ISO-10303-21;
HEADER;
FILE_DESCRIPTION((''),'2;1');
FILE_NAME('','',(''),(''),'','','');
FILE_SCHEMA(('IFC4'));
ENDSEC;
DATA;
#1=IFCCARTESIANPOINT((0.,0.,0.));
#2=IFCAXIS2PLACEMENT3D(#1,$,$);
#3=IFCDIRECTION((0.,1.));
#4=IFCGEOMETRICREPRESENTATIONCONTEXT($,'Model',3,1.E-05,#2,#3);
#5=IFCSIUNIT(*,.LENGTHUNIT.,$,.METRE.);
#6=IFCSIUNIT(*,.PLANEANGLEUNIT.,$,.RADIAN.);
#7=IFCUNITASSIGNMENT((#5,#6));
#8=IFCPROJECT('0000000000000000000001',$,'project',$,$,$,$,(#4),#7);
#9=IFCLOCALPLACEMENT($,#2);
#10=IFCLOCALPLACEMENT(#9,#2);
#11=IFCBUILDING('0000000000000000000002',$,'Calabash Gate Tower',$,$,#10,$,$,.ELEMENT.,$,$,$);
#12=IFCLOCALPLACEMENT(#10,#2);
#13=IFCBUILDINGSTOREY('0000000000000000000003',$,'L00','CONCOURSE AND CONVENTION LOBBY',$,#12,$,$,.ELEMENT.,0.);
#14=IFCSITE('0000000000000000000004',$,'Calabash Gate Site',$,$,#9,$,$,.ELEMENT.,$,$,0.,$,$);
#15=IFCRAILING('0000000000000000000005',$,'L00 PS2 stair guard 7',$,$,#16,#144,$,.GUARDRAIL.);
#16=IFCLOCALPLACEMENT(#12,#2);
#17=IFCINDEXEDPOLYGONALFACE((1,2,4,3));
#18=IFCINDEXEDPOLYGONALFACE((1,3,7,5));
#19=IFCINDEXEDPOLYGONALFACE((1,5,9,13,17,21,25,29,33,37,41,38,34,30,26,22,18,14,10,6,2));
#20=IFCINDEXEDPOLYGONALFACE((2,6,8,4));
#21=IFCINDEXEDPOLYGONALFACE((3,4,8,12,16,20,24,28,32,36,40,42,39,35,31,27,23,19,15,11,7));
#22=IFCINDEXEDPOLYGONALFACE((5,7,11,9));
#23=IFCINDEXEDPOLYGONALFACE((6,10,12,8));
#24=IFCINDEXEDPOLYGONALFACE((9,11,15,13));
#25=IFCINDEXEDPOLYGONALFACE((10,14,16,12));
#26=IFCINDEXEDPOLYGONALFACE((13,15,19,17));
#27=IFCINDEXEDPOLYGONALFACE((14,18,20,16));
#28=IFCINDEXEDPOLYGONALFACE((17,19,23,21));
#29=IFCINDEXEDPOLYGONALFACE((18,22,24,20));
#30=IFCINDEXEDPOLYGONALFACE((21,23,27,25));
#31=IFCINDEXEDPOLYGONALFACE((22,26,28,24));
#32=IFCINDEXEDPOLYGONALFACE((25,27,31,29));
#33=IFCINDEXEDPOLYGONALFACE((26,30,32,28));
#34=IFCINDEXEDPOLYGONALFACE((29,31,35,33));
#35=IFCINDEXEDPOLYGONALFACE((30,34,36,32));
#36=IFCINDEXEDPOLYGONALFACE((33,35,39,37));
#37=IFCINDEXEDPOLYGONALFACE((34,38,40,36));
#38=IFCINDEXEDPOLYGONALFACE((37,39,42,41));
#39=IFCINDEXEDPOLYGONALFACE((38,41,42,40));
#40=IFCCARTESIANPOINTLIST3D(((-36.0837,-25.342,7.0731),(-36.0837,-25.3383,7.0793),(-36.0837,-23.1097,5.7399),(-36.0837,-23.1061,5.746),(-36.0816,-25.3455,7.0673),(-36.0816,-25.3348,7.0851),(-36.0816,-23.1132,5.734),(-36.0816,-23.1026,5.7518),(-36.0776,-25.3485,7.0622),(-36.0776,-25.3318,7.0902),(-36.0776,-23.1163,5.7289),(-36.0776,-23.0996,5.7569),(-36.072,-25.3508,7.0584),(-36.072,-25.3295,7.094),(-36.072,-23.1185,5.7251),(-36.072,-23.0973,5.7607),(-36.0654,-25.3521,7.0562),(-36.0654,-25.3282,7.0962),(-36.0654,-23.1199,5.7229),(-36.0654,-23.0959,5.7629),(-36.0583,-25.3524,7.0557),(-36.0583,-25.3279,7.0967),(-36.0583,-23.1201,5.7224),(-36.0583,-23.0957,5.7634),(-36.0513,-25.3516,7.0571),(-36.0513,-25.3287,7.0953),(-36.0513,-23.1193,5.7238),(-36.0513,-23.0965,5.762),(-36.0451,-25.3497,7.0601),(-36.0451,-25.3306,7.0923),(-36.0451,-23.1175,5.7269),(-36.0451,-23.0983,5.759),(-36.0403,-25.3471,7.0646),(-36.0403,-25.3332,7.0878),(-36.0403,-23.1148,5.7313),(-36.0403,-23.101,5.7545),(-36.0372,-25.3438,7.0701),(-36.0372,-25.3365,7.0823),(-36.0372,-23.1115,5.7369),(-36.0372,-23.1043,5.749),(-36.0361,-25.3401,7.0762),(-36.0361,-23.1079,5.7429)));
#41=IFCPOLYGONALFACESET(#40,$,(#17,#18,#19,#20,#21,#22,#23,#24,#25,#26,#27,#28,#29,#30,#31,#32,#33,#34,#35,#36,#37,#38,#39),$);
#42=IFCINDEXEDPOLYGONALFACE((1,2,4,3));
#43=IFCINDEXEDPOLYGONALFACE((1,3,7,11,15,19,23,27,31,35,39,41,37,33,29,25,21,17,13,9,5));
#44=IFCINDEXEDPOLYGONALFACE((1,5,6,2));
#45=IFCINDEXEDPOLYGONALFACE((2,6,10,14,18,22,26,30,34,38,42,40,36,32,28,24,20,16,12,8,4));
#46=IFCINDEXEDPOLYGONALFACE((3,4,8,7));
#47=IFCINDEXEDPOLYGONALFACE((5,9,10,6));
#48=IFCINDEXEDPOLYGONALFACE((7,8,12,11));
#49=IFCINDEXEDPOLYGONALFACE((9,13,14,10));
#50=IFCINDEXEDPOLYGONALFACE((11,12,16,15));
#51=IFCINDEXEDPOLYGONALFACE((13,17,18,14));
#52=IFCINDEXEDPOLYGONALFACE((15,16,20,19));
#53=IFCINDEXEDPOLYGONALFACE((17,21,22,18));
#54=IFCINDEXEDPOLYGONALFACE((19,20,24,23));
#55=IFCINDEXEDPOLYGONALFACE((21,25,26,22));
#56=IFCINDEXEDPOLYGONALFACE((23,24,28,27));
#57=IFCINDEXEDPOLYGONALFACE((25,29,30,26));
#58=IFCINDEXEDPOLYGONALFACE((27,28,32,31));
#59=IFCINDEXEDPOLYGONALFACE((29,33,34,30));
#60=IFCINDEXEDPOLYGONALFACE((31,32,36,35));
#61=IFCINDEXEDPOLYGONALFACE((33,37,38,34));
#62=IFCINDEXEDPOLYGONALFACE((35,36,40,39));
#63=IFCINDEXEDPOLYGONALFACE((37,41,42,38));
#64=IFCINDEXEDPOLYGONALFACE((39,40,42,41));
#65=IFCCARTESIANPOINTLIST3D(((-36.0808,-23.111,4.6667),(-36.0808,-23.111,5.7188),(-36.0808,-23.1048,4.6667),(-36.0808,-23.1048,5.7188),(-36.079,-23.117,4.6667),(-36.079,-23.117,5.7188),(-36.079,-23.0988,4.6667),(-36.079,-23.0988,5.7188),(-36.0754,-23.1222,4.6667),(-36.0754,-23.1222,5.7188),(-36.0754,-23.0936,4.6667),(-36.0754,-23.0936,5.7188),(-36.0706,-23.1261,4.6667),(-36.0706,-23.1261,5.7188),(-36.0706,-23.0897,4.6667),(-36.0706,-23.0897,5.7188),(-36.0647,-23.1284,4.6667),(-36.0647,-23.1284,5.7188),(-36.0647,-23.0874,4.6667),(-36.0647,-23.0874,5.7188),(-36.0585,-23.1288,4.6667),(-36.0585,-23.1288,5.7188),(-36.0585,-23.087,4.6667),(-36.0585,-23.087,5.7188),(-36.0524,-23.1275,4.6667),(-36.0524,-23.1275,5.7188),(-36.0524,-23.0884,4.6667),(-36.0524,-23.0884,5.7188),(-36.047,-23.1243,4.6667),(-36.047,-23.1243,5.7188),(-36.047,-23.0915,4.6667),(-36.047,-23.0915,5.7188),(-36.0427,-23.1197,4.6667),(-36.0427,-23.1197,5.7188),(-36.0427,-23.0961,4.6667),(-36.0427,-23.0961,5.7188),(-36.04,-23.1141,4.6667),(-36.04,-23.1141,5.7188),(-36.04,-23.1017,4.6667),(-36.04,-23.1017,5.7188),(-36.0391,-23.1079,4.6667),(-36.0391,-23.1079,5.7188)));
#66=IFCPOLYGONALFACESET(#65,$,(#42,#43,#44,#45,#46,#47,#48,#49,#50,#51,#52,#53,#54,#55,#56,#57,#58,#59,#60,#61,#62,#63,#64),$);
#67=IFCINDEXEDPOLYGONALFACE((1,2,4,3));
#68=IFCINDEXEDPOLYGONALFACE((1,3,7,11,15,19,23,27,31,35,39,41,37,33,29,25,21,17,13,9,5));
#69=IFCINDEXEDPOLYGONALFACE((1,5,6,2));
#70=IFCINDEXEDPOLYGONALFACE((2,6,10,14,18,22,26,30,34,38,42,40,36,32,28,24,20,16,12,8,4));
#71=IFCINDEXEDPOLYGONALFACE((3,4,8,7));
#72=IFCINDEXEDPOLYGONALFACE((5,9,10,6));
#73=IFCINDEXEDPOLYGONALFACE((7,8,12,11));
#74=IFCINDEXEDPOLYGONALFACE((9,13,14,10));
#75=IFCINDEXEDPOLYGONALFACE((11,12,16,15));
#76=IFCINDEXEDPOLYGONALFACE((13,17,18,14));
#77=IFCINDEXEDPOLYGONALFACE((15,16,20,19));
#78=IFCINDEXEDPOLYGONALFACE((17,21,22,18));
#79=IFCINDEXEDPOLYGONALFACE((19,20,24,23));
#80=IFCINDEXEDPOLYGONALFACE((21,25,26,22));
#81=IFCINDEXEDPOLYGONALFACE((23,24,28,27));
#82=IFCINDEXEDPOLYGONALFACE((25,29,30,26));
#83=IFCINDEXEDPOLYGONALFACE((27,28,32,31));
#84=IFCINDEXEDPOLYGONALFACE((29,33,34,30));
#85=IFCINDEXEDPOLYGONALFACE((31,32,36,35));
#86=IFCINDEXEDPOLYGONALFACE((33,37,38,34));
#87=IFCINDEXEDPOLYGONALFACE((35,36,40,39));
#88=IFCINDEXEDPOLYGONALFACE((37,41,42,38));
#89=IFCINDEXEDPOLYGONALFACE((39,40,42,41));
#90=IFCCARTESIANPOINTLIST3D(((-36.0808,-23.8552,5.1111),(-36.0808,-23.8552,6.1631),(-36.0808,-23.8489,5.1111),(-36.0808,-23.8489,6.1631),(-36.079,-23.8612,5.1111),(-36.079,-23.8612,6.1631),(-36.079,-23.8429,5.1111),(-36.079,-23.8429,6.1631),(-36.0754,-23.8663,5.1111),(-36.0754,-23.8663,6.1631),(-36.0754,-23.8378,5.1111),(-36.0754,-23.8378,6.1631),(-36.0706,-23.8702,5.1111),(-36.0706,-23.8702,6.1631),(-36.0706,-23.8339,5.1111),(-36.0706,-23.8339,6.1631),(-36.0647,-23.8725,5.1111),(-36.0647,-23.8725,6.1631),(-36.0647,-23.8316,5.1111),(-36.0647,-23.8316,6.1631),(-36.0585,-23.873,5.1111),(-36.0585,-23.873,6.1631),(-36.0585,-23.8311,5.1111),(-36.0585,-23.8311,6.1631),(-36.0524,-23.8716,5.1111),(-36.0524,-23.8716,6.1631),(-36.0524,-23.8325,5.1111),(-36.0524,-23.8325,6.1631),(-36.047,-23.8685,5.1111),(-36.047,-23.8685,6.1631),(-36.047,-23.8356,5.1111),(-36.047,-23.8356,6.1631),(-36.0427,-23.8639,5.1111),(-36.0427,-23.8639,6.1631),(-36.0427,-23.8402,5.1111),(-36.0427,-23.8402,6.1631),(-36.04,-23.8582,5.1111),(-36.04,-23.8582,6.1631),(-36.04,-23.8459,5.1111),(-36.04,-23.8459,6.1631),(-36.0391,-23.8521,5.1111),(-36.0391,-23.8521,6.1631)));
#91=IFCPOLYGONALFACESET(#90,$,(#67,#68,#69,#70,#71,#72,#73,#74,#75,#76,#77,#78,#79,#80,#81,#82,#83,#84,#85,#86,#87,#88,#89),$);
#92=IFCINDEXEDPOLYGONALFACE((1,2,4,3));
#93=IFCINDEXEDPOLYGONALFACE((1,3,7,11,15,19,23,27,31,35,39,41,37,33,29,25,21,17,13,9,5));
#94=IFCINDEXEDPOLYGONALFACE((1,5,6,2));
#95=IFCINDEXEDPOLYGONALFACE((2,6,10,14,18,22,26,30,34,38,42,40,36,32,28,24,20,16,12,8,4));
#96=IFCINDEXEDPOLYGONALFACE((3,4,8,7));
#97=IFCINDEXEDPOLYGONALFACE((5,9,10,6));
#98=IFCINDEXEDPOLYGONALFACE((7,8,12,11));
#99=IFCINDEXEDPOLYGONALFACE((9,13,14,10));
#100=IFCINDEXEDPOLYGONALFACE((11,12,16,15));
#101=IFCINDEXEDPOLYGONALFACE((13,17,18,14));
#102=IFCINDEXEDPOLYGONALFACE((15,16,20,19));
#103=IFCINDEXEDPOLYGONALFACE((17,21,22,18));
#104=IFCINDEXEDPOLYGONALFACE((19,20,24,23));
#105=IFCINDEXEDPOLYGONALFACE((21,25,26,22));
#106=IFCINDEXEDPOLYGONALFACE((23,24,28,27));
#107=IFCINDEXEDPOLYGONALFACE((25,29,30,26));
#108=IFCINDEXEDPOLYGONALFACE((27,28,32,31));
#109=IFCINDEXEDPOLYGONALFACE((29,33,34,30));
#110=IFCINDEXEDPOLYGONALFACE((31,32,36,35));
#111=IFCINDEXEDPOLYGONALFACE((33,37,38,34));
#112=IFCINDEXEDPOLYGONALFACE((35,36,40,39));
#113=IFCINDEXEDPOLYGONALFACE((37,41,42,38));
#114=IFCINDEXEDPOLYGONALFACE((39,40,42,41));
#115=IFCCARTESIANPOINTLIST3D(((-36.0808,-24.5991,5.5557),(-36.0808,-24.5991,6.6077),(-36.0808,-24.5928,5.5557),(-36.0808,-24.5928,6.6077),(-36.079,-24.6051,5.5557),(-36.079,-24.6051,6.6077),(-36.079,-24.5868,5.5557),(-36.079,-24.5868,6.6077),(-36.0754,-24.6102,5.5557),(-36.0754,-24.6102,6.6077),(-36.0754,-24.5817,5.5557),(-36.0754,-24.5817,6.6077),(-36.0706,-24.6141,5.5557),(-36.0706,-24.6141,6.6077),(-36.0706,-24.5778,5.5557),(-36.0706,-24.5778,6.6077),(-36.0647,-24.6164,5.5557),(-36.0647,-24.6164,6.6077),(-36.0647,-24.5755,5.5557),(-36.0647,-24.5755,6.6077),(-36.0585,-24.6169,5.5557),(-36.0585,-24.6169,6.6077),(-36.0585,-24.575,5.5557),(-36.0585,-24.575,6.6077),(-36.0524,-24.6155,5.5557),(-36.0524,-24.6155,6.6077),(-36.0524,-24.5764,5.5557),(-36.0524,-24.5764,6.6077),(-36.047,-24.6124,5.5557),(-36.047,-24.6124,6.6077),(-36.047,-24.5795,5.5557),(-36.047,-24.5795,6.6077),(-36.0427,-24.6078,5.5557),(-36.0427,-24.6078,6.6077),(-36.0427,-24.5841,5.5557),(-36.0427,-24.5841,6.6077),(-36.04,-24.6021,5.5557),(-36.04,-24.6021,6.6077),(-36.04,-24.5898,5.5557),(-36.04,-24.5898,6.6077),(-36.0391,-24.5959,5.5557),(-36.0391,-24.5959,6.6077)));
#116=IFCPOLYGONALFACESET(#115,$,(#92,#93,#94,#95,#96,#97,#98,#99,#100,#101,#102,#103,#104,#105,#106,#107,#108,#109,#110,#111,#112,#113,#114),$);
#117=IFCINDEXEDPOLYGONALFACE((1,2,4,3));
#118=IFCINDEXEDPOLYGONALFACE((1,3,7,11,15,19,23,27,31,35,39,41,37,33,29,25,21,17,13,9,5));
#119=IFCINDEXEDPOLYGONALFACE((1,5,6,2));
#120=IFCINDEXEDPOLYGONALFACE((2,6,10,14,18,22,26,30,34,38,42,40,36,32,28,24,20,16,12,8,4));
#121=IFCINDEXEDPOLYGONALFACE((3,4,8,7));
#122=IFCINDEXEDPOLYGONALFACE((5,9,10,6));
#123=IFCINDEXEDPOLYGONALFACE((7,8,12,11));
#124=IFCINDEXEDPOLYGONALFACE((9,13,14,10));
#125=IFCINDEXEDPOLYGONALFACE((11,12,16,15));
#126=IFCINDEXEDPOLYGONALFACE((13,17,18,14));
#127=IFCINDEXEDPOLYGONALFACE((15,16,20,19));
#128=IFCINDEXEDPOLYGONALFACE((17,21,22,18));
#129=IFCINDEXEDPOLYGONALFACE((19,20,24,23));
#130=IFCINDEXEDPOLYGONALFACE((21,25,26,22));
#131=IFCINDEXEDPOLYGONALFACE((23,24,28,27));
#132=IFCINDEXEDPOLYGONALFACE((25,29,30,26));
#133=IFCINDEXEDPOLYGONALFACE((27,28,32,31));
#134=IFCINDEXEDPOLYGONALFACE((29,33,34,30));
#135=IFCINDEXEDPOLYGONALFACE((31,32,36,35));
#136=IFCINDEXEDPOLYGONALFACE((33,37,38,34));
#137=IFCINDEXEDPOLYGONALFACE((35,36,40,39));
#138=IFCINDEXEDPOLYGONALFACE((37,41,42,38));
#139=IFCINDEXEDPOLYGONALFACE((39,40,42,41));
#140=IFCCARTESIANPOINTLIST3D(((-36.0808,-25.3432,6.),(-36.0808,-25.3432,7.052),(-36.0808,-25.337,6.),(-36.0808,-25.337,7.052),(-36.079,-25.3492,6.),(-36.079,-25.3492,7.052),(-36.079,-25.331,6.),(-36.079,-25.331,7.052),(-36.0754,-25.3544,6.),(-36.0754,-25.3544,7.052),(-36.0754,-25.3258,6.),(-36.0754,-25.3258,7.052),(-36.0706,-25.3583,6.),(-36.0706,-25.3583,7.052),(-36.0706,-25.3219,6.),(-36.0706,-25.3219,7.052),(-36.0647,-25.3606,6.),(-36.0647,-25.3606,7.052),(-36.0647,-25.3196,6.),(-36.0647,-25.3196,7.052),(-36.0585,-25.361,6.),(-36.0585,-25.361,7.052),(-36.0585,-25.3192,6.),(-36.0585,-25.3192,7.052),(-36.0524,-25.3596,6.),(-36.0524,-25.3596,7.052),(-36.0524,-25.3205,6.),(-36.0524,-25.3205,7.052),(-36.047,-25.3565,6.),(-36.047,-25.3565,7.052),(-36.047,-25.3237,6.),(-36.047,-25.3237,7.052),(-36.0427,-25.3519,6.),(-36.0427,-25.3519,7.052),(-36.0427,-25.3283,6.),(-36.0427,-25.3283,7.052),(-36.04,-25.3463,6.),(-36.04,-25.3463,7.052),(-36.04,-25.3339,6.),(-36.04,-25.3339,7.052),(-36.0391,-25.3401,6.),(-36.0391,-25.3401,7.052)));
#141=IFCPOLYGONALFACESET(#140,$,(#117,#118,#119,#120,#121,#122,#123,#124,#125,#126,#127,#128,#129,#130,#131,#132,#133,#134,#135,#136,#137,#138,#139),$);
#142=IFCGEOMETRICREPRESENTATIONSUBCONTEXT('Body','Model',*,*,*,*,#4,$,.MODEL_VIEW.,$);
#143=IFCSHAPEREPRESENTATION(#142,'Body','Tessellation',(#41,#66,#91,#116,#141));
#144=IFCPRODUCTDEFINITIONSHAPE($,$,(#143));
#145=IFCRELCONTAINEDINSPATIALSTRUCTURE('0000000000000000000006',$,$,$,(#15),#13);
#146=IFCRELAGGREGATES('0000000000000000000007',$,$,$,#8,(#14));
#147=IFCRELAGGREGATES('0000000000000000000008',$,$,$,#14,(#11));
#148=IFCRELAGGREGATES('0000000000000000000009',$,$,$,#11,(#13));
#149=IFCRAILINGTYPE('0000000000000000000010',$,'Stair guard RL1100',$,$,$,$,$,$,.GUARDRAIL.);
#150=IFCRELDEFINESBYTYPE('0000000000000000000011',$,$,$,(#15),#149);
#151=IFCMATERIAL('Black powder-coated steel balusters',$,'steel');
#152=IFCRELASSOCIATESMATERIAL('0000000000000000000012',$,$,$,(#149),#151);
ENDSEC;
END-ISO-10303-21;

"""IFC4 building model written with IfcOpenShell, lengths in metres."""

from ifc_helpers import new_model, si_unit, direction, frame, origin, origin_2d, place, context, subcontext, project, spatial, circle, extrude, material, type_object, element, save


model = new_model("IFC4")

# Units and contexts
model_context = context("Model", 3, precision=1e-05, world=origin(), true_north=direction((0.0, 1.0)))
body_context = subcontext(model_context, "Body", "Model", "MODEL_VIEW")
ifc_project = project(units=[si_unit("LENGTHUNIT", "METRE"), si_unit("PLANEANGLEUNIT", "RADIAN")], contexts=[model_context])

# Site, building, storey
site_placement = place(None, origin())
site = spatial("IfcSite", under=ifc_project, at=site_placement, Name="Calabash Gate Site", CompositionType="ELEMENT", RefElevation=0.0)
building_placement = place(site_placement, origin())
building = spatial("IfcBuilding", under=site, at=building_placement, Name="Calabash Gate Tower", CompositionType="ELEMENT")
storey_placement = place(building_placement, origin())
storey = spatial("IfcBuildingStorey", under=building, at=storey_placement, Name="L00", Description="CONCOURSE AND CONVENTION LOBBY", CompositionType="ELEMENT", Elevation=0.0)

# Railing
ifc_material_1 = material(Name="Black powder-coated steel balusters", Category="steel")
railing_type_1 = type_object("IfcRailingType", Name="Stair guard RL1100", PredefinedType="GUARDRAIL", material=ifc_material_1)
railing_1_placement = place(storey_placement, frame((-36.0601, -23.1079, 4.6667)))
element("IfcRailing", 1, at=railing_1_placement, inside=storey, type_object=railing_type_1, Name="L00 PS2 stair guard 7", PredefinedType="GUARDRAIL", context=body_context, shape_type="SweptSolid", body=[
    extrude(circle(Radius=0.0239, at=origin_2d()), frame((0.0, 0.0, 1.0762), z_axis=(0.0, -0.858519, 0.512782), x_axis=(1.0, 0.0, 0.0)), (0.0, 0.0, 1.0), 2.6001),
    extrude(circle(Radius=0.021, at=origin_2d()), origin(), (0.0, 0.0, 1.0), 1.052),
    extrude(circle(Radius=0.021, at=origin_2d()), frame((0.0, -0.7441, 0.4443)), (0.0, 0.0, 1.0), 1.052),
    extrude(circle(Radius=0.021, at=origin_2d()), frame((0.0, -1.488, 0.8889)), (0.0, 0.0, 1.0), 1.052),
    extrude(circle(Radius=0.021, at=origin_2d()), frame((0.0, -2.2322, 1.3333)), (0.0, 0.0, 1.0), 1.052),
])

save(model, "model.ifc")
